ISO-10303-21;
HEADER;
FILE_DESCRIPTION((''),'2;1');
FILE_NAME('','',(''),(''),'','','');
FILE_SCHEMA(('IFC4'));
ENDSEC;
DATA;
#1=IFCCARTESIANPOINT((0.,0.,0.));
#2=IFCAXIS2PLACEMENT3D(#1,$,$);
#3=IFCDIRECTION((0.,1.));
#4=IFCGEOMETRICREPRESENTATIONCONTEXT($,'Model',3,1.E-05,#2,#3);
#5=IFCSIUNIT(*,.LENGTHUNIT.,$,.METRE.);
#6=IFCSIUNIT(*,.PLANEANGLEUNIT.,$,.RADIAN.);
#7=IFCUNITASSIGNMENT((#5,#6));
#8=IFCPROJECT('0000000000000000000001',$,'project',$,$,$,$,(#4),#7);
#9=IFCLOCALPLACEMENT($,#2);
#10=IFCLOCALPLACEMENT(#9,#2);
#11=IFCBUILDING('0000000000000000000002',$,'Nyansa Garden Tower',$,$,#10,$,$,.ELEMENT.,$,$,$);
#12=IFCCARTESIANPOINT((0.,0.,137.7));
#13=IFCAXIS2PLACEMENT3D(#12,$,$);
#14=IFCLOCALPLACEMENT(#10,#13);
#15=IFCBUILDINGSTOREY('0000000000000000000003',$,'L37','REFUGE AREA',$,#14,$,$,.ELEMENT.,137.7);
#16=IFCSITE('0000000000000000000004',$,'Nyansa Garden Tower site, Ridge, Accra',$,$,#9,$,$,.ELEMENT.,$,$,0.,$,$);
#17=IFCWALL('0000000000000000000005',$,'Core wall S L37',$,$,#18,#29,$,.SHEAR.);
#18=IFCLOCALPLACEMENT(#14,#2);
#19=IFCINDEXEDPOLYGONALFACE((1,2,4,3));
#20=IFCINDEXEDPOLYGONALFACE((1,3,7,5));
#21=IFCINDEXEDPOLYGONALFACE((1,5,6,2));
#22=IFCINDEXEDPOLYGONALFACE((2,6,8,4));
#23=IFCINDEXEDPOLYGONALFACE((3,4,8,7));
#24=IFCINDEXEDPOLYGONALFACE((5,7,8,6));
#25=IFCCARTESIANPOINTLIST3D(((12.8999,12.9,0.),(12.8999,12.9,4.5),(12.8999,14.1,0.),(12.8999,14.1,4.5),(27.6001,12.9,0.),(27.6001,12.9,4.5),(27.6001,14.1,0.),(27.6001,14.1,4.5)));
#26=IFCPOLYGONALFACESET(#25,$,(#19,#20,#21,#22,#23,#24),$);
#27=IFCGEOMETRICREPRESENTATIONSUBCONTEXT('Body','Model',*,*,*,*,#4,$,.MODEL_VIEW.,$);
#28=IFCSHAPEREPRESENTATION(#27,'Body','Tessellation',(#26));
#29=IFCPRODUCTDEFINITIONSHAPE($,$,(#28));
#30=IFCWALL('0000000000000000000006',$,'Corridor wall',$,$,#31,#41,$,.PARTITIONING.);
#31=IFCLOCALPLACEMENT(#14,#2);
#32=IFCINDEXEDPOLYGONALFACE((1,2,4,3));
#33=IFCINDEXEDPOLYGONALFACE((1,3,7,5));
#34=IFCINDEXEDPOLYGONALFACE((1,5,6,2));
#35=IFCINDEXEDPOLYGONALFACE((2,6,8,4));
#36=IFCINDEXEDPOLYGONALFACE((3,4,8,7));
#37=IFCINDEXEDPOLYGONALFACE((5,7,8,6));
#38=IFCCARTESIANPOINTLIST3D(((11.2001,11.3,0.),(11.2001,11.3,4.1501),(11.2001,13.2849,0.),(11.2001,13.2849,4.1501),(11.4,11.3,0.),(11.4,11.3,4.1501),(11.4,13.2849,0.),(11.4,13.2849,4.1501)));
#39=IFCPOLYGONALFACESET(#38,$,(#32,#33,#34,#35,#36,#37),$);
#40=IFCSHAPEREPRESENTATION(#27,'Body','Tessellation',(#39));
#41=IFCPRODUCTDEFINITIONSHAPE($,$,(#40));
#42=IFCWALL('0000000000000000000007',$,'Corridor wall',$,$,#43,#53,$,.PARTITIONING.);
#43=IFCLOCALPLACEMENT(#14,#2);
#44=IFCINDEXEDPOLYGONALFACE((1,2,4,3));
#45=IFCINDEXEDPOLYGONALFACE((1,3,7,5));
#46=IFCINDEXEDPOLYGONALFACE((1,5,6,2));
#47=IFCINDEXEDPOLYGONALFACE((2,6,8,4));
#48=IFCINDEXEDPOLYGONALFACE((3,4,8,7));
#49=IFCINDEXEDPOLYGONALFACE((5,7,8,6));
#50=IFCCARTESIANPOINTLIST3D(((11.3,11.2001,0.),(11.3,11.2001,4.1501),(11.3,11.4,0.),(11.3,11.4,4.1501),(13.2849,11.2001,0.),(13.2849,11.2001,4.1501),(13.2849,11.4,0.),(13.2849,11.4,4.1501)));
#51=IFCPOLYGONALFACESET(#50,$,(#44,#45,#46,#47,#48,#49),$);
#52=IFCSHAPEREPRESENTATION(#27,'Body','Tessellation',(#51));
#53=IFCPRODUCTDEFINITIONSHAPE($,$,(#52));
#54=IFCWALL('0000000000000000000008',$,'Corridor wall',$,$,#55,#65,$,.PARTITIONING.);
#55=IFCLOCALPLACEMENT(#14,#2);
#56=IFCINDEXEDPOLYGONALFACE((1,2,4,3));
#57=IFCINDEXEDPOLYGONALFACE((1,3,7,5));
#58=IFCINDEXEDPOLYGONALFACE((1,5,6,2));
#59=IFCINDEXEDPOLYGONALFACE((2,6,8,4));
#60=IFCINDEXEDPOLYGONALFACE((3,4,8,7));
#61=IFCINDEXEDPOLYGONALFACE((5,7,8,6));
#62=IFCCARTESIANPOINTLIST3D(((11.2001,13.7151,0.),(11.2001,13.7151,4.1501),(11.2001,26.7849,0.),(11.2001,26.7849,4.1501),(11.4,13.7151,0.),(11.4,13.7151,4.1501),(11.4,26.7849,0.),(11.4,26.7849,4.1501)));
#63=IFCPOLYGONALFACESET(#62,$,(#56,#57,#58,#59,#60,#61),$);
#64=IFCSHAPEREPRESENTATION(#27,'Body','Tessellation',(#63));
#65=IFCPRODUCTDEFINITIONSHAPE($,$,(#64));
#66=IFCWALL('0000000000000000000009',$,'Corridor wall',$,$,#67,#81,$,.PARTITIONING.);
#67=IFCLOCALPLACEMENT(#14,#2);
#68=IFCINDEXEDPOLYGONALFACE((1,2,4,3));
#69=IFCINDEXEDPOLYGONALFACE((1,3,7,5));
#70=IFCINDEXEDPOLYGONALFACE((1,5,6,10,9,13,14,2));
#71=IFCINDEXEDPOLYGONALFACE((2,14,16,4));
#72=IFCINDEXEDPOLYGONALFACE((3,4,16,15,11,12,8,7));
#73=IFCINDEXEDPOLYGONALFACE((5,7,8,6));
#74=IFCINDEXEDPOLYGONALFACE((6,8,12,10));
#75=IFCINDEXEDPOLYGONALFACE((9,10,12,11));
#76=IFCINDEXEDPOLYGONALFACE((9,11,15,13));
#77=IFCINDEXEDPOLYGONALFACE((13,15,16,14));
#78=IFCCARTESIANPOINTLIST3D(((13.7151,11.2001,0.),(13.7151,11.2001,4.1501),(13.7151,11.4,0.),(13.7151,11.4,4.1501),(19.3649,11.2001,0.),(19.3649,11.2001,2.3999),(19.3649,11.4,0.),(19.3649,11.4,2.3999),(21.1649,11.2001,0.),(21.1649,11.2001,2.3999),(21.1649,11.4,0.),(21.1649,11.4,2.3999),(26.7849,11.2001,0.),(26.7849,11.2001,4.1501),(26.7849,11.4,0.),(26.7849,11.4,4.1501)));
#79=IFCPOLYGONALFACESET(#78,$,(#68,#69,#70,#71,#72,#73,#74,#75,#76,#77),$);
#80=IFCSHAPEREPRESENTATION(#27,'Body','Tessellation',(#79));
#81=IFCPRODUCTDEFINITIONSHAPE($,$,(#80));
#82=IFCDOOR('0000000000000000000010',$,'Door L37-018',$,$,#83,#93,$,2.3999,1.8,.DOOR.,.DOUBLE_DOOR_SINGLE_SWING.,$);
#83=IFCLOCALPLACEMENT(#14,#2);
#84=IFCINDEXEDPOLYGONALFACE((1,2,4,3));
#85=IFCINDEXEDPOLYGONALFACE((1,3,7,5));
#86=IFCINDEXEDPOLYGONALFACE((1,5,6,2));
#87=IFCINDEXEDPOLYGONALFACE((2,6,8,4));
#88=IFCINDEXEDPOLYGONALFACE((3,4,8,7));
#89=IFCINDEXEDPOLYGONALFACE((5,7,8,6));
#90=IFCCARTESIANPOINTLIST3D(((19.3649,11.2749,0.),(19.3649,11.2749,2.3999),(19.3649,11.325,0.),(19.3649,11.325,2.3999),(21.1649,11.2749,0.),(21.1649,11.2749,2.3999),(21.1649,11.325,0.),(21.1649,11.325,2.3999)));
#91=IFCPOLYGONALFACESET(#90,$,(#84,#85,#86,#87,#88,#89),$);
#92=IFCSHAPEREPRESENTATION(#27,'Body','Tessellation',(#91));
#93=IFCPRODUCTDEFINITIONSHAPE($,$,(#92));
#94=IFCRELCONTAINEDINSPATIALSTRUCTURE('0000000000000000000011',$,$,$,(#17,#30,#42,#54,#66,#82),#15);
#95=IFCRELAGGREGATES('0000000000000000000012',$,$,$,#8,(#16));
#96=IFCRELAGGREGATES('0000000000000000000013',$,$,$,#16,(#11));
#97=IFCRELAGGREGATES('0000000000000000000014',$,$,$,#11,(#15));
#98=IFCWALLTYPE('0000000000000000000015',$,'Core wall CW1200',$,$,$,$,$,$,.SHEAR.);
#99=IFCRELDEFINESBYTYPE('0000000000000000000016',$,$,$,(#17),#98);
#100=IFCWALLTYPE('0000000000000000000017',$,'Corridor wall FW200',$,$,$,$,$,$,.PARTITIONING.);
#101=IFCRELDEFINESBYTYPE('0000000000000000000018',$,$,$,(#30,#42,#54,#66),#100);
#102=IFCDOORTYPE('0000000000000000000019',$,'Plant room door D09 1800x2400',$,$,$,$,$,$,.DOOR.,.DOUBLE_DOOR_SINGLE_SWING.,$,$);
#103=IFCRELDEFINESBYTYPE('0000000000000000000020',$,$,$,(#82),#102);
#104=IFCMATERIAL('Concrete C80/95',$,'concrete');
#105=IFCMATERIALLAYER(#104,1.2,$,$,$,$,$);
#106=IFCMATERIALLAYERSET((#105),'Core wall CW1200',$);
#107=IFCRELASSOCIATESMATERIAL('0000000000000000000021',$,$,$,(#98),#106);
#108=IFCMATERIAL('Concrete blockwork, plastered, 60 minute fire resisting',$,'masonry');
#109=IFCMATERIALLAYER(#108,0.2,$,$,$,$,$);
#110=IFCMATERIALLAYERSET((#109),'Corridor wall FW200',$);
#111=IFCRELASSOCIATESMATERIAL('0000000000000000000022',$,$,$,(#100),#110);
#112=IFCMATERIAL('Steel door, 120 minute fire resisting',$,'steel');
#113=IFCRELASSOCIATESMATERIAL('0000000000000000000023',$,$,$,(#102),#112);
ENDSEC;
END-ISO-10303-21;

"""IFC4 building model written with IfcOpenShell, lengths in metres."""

from ifc_helpers import new_model, si_unit, direction, frame, frame_2d, origin, place, context, subcontext, project, spatial, rectangle, extrude, material, layer, layer_set, type_object, element, fill, save


model = new_model("IFC4")

# Units and contexts
model_context = context("Model", 3, precision=1e-05, world=origin(), true_north=direction((0.0, 1.0)))
body_context = subcontext(model_context, "Body", "Model", "MODEL_VIEW")
ifc_project = project(units=[si_unit("LENGTHUNIT", "METRE"), si_unit("PLANEANGLEUNIT", "RADIAN")], contexts=[model_context])

# Site, building, storey
site_placement = place(None, origin())
site = spatial("IfcSite", under=ifc_project, at=site_placement, Name="Nyansa Garden Tower site, Ridge, Accra", CompositionType="ELEMENT", RefElevation=0.0)
building_placement = place(site_placement, origin())
building = spatial("IfcBuilding", under=site, at=building_placement, Name="Nyansa Garden Tower", CompositionType="ELEMENT")
storey_placement = place(building_placement, frame((0.0, 0.0, 137.7)))
storey = spatial("IfcBuildingStorey", under=building, at=storey_placement, Name="L37", Description="REFUGE AREA", CompositionType="ELEMENT", Elevation=137.7)

# Walls
ifc_material_1 = material(Name="Concrete C80/95", Category="concrete")
ifc_layer_1 = layer(ifc_material_1, 1.2)
ifc_layer_set_1 = layer_set([ifc_layer_1], Name="Core wall CW1200")
wall_type_1 = type_object("IfcWallType", Name="Core wall CW1200", PredefinedType="SHEAR", material=ifc_layer_set_1)
wall_1_placement = place(storey_placement, frame((12.8999, 13.5, 0.0), z_axis=(0.0, 0.0, 1.0), x_axis=(1.0, 0.0, 0.0)))
element("IfcWall", 1, at=wall_1_placement, inside=storey, type_object=wall_type_1, Name="Core wall S L37", PredefinedType="SHEAR", context=body_context, shape_type="SweptSolid", body=[
    extrude(rectangle(XDim=14.7002, YDim=1.2, at=frame_2d((7.3501, 0.0))), origin(), (0.0, 0.0, 1.0), 4.5),
])
ifc_material_2 = material(Name="Concrete blockwork, plastered, 60 minute fire resisting", Category="masonry")
ifc_layer_2 = layer(ifc_material_2, 0.2)
ifc_layer_set_2 = layer_set([ifc_layer_2], Name="Corridor wall FW200")
wall_type_2 = type_object("IfcWallType", Name="Corridor wall FW200", PredefinedType="PARTITIONING", material=ifc_layer_set_2)
for number, where, z_axis, x_axis, name in (
    (2, (11.3, 11.3, 0.0), (0.0, 0.0, 1.0), (0.0, 1.0, 0.0), "Corridor wall"),
    (3, (11.3, 11.3, 0.0), (0.0, 0.0, 1.0), (1.0, 0.0, 0.0), "Corridor wall"),
):
    element("IfcWall", number, at=place(storey_placement, frame(where, z_axis=z_axis, x_axis=x_axis)), inside=storey, type_object=wall_type_2, Name=name, PredefinedType="PARTITIONING", context=body_context, shape_type="SweptSolid", body=[
        extrude(rectangle(XDim=1.9849, YDim=0.2, at=frame_2d((0.9924, 0.0))), origin(), (0.0, 0.0, 1.0), 4.1501),
    ])
wall_2_placement = place(storey_placement, frame((11.3, 13.7151, 0.0), z_axis=(0.0, 0.0, 1.0), x_axis=(0.0, 1.0, 0.0)))
element("IfcWall", 4, at=wall_2_placement, inside=storey, type_object=wall_type_2, Name="Corridor wall", PredefinedType="PARTITIONING", context=body_context, shape_type="SweptSolid", body=[
    extrude(rectangle(XDim=13.0698, YDim=0.2, at=frame_2d((6.5349, 0.0))), origin(), (0.0, 0.0, 1.0), 4.1501),
])

# Wall, opening, door
wall_3_placement = place(storey_placement, frame((13.7151, 11.3, 0.0), z_axis=(0.0, 0.0, 1.0), x_axis=(1.0, 0.0, 0.0)))
wall_3 = element("IfcWall", 5, at=wall_3_placement, inside=storey, type_object=wall_type_2, Name="Corridor wall", PredefinedType="PARTITIONING", context=body_context, shape_type="SweptSolid", body=[
    extrude(rectangle(XDim=13.0698, YDim=0.2, at=frame_2d((6.5349, 0.0))), origin(), (0.0, 0.0, 1.0), 4.1501),
])
opening_placement = place(wall_3_placement, frame((5.6499, 0.0, 0.0)))
opening = element("IfcOpeningElement", 6, at=opening_placement, cuts=wall_3, PredefinedType="OPENING", context=body_context, shape_type="SweptSolid", body=[
    extrude(rectangle(XDim=1.8, YDim=2.3999, at=frame_2d((0.8999, 1.2))), frame((0.0, 0.1099, 0.0), z_axis=(0.0, -1.0, 0.0), x_axis=(1.0, 0.0, 0.0)), (0.0, 0.0, 1.0), 0.22),
])
ifc_material_3 = material(Name="Steel door, 120 minute fire resisting", Category="steel")
door_type = type_object("IfcDoorType", Name="Plant room door D09 1800x2400", OperationType="DOUBLE_DOOR_SINGLE_SWING", PredefinedType="DOOR", material=ifc_material_3)
door_placement = place(opening_placement, origin())
door = element("IfcDoor", 7, at=door_placement, inside=storey, type_object=door_type, Name="Door L37-018", OperationType="DOUBLE_DOOR_SINGLE_SWING", OverallHeight=2.3999, OverallWidth=1.8, PredefinedType="DOOR", context=body_context, shape_type="SweptSolid", body=[
    extrude(rectangle(XDim=1.8, YDim=2.3999, at=frame_2d((0.8999, 1.2))), frame((0.0, 0.0249, 0.0), z_axis=(0.0, -1.0, 0.0), x_axis=(1.0, 0.0, 0.0)), (0.0, 0.0, 1.0), 0.05),
])
fill(opening, door)

save(model, "model.ifc")
